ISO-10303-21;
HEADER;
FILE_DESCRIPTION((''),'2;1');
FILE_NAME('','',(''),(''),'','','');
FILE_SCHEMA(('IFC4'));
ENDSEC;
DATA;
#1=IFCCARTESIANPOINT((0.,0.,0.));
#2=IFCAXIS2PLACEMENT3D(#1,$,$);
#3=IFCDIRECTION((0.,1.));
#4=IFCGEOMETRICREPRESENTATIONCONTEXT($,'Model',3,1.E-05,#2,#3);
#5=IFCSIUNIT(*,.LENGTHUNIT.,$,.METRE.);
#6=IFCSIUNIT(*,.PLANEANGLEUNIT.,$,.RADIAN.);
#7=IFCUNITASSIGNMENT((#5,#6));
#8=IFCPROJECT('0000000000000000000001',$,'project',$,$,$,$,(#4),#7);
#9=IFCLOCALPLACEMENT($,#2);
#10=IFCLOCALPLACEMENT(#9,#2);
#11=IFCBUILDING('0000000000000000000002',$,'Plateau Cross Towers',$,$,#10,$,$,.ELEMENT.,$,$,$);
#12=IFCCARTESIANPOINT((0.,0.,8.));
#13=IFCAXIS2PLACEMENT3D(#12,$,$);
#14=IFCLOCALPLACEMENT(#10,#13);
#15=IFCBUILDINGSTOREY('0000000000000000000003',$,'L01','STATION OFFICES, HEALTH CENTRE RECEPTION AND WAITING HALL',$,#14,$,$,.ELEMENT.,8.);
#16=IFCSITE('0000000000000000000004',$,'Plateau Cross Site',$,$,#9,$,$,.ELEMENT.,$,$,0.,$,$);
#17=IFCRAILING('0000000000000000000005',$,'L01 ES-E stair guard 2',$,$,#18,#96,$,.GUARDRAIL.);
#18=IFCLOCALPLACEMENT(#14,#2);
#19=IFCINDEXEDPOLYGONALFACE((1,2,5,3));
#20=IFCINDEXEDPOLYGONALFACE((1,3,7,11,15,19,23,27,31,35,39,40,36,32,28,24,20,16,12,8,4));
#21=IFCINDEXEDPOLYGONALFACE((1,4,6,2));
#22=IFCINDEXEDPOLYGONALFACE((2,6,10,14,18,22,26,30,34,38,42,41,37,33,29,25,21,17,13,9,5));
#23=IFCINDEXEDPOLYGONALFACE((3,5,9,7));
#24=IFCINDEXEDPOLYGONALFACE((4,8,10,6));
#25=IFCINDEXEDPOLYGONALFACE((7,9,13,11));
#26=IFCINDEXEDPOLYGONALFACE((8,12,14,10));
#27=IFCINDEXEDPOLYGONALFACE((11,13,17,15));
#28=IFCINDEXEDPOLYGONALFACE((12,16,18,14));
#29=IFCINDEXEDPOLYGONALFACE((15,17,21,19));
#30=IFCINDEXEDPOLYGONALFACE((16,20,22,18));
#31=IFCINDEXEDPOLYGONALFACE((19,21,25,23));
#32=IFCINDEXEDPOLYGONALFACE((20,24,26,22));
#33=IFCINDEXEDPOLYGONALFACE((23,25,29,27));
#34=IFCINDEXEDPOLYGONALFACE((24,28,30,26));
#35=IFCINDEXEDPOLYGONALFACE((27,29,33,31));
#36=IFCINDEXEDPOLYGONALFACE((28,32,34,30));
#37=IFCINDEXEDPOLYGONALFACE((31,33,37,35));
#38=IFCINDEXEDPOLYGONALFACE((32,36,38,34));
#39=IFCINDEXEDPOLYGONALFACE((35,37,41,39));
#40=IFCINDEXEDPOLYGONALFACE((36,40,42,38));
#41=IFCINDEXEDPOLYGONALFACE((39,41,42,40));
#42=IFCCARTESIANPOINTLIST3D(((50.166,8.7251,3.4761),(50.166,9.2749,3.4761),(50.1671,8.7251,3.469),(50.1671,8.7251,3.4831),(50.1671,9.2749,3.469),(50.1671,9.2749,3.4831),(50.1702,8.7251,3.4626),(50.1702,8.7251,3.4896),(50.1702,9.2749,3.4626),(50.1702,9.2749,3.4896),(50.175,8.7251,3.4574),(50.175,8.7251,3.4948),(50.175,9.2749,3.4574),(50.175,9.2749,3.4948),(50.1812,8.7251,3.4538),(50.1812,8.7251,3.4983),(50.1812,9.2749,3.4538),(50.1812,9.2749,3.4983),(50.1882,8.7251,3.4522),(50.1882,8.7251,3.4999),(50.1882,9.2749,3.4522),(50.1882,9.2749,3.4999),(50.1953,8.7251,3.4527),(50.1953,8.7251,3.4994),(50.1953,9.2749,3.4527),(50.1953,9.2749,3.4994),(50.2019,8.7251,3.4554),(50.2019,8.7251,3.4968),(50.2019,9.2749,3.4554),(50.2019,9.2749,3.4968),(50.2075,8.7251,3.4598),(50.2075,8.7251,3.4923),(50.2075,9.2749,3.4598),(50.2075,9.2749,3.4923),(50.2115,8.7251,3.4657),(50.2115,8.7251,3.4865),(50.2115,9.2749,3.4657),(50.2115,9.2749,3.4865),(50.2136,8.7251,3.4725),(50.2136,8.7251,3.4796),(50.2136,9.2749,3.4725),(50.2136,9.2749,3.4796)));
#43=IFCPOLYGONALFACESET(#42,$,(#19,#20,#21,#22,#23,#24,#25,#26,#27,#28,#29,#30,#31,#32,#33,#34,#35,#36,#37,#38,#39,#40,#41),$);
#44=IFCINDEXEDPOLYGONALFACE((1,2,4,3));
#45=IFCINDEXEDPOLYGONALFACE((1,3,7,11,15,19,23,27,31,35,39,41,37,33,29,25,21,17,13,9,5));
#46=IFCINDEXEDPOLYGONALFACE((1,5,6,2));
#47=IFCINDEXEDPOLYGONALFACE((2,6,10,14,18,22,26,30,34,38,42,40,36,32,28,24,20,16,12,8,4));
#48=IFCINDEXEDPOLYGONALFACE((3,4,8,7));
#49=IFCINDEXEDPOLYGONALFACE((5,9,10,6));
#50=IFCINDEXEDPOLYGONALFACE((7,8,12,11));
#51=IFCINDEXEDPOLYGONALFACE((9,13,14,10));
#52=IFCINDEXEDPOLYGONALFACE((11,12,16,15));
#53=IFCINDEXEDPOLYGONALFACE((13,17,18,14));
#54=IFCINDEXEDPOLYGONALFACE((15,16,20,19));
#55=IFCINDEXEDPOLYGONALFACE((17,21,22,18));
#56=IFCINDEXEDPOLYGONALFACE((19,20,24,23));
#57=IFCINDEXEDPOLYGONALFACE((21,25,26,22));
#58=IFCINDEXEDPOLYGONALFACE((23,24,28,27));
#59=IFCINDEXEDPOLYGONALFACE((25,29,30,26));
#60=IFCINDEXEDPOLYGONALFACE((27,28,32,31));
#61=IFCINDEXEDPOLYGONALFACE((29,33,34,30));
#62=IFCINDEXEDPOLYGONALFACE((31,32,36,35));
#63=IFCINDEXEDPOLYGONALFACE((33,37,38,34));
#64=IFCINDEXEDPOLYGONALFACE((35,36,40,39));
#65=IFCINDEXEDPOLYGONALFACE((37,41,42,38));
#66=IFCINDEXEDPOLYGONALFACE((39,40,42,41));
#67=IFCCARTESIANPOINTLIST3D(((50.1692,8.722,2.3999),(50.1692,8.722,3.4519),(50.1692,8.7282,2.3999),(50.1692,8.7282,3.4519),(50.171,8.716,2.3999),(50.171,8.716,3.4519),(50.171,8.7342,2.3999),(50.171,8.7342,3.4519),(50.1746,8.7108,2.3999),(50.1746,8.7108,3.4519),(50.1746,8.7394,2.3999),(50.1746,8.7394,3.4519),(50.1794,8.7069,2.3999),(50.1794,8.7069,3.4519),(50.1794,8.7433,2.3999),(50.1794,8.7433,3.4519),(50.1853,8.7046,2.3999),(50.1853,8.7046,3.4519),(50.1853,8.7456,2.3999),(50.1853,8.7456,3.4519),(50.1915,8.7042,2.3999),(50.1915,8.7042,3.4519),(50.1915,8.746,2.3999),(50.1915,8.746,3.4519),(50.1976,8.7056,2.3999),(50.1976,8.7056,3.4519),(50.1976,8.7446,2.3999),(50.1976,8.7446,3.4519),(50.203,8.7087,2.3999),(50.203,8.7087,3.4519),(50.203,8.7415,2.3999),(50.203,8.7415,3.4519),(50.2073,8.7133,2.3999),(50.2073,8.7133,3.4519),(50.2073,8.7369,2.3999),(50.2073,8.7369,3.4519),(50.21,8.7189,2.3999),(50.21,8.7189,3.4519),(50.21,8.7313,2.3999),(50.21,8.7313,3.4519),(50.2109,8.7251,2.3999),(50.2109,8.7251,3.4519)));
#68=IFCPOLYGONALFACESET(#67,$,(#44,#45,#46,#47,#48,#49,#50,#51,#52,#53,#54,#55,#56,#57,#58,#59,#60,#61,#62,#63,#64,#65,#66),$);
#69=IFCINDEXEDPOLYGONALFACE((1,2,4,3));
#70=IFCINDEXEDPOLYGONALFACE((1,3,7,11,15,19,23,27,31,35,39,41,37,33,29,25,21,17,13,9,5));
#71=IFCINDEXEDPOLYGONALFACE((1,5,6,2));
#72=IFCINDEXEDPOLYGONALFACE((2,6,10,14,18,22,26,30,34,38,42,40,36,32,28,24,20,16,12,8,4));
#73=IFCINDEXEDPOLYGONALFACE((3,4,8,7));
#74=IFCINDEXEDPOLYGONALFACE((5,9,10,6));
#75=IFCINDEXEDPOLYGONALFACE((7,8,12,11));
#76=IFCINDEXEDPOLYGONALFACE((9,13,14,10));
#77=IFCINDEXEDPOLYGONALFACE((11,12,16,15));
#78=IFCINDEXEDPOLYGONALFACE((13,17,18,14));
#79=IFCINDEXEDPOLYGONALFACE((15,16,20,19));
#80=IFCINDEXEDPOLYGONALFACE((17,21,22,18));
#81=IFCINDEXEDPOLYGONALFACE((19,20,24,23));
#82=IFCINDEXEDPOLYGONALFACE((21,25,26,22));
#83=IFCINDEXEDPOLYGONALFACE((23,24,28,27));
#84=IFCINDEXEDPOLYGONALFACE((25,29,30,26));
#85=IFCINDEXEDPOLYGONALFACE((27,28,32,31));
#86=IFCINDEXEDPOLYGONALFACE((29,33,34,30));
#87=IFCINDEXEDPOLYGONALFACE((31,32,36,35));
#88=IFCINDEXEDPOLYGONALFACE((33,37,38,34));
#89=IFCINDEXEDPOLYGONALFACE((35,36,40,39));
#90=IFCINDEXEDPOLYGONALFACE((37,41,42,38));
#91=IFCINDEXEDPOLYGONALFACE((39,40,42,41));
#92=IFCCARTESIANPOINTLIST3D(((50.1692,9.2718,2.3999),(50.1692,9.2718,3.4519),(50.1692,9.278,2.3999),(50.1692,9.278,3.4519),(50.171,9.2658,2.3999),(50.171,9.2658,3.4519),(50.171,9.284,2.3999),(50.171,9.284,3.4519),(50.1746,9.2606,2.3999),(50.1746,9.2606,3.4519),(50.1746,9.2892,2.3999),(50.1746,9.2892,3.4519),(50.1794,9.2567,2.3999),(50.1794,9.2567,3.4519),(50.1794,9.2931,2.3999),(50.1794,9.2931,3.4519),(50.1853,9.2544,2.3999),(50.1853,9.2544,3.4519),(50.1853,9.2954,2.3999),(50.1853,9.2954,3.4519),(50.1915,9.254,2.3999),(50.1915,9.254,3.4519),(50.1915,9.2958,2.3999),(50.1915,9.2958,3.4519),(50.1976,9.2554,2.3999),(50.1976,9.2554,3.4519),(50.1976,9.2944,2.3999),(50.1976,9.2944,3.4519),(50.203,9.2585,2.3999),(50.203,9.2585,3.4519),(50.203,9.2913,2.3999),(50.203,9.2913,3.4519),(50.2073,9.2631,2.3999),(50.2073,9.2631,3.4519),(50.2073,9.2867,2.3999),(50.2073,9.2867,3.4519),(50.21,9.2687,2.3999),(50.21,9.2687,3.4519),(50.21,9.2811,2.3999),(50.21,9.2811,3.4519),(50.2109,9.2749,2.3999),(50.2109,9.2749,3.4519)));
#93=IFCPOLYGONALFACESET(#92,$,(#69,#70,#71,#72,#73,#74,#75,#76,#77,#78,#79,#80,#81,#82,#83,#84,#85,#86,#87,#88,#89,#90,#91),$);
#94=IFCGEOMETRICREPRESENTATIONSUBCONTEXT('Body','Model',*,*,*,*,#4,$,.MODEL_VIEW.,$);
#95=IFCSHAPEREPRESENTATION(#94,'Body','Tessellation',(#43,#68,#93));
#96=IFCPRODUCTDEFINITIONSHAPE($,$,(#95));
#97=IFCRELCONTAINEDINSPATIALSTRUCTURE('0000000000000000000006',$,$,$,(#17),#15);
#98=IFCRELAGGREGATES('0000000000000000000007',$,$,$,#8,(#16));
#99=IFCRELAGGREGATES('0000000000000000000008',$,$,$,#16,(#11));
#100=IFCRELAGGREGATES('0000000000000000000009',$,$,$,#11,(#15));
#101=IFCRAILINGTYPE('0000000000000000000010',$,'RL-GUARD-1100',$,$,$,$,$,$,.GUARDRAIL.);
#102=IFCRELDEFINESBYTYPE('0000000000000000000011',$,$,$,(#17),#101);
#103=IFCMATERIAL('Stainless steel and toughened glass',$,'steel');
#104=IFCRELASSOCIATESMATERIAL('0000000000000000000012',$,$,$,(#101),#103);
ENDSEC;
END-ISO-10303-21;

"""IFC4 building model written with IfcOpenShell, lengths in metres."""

from ifc_helpers import new_model, si_unit, direction, frame, origin, origin_2d, place, context, subcontext, project, spatial, circle, extrude, material, type_object, element, save


model = new_model("IFC4")

# Units and contexts
model_context = context("Model", 3, precision=1e-05, world=origin(), true_north=direction((0.0, 1.0)))
body_context = subcontext(model_context, "Body", "Model", "MODEL_VIEW")
ifc_project = project(units=[si_unit("LENGTHUNIT", "METRE"), si_unit("PLANEANGLEUNIT", "RADIAN")], contexts=[model_context])

# Site, building, storey
site_placement = place(None, origin())
site = spatial("IfcSite", under=ifc_project, at=site_placement, Name="Plateau Cross Site", CompositionType="ELEMENT", RefElevation=0.0)
building_placement = place(site_placement, origin())
building = spatial("IfcBuilding", under=site, at=building_placement, Name="Plateau Cross Towers", CompositionType="ELEMENT")
storey_placement = place(building_placement, frame((0.0, 0.0, 8.0)))
storey = spatial("IfcBuildingStorey", under=building, at=storey_placement, Name="L01", Description="STATION OFFICES, HEALTH CENTRE RECEPTION AND WAITING HALL", CompositionType="ELEMENT", Elevation=8.0)

# Railing
ifc_material_1 = material(Name="Stainless steel and toughened glass", Category="steel")
railing_type_1 = type_object("IfcRailingType", Name="RL-GUARD-1100", PredefinedType="GUARDRAIL", material=ifc_material_1)
railing_1_placement = place(storey_placement, frame((50.1899, 8.7251, 2.3999)))
element("IfcRailing", 1, at=railing_1_placement, inside=storey, type_object=railing_type_1, Name="L01 ES-E stair guard 2", PredefinedType="GUARDRAIL", context=body_context, shape_type="SweptSolid", body=[
    extrude(circle(Radius=0.0239, at=origin_2d()), frame((0.0, 0.0, 1.0762), z_axis=(0.0, 1.0, 0.0), x_axis=(-1.0, 0.0, 0.0)), (0.0, 0.0, 1.0), 0.5498),
    extrude(circle(Radius=0.021, at=origin_2d()), origin(), (0.0, 0.0, 1.0), 1.052),
    extrude(circle(Radius=0.021, at=origin_2d()), frame((0.0, 0.5498, 0.0)), (0.0, 0.0, 1.0), 1.052),
])

save(model, "model.ifc")
